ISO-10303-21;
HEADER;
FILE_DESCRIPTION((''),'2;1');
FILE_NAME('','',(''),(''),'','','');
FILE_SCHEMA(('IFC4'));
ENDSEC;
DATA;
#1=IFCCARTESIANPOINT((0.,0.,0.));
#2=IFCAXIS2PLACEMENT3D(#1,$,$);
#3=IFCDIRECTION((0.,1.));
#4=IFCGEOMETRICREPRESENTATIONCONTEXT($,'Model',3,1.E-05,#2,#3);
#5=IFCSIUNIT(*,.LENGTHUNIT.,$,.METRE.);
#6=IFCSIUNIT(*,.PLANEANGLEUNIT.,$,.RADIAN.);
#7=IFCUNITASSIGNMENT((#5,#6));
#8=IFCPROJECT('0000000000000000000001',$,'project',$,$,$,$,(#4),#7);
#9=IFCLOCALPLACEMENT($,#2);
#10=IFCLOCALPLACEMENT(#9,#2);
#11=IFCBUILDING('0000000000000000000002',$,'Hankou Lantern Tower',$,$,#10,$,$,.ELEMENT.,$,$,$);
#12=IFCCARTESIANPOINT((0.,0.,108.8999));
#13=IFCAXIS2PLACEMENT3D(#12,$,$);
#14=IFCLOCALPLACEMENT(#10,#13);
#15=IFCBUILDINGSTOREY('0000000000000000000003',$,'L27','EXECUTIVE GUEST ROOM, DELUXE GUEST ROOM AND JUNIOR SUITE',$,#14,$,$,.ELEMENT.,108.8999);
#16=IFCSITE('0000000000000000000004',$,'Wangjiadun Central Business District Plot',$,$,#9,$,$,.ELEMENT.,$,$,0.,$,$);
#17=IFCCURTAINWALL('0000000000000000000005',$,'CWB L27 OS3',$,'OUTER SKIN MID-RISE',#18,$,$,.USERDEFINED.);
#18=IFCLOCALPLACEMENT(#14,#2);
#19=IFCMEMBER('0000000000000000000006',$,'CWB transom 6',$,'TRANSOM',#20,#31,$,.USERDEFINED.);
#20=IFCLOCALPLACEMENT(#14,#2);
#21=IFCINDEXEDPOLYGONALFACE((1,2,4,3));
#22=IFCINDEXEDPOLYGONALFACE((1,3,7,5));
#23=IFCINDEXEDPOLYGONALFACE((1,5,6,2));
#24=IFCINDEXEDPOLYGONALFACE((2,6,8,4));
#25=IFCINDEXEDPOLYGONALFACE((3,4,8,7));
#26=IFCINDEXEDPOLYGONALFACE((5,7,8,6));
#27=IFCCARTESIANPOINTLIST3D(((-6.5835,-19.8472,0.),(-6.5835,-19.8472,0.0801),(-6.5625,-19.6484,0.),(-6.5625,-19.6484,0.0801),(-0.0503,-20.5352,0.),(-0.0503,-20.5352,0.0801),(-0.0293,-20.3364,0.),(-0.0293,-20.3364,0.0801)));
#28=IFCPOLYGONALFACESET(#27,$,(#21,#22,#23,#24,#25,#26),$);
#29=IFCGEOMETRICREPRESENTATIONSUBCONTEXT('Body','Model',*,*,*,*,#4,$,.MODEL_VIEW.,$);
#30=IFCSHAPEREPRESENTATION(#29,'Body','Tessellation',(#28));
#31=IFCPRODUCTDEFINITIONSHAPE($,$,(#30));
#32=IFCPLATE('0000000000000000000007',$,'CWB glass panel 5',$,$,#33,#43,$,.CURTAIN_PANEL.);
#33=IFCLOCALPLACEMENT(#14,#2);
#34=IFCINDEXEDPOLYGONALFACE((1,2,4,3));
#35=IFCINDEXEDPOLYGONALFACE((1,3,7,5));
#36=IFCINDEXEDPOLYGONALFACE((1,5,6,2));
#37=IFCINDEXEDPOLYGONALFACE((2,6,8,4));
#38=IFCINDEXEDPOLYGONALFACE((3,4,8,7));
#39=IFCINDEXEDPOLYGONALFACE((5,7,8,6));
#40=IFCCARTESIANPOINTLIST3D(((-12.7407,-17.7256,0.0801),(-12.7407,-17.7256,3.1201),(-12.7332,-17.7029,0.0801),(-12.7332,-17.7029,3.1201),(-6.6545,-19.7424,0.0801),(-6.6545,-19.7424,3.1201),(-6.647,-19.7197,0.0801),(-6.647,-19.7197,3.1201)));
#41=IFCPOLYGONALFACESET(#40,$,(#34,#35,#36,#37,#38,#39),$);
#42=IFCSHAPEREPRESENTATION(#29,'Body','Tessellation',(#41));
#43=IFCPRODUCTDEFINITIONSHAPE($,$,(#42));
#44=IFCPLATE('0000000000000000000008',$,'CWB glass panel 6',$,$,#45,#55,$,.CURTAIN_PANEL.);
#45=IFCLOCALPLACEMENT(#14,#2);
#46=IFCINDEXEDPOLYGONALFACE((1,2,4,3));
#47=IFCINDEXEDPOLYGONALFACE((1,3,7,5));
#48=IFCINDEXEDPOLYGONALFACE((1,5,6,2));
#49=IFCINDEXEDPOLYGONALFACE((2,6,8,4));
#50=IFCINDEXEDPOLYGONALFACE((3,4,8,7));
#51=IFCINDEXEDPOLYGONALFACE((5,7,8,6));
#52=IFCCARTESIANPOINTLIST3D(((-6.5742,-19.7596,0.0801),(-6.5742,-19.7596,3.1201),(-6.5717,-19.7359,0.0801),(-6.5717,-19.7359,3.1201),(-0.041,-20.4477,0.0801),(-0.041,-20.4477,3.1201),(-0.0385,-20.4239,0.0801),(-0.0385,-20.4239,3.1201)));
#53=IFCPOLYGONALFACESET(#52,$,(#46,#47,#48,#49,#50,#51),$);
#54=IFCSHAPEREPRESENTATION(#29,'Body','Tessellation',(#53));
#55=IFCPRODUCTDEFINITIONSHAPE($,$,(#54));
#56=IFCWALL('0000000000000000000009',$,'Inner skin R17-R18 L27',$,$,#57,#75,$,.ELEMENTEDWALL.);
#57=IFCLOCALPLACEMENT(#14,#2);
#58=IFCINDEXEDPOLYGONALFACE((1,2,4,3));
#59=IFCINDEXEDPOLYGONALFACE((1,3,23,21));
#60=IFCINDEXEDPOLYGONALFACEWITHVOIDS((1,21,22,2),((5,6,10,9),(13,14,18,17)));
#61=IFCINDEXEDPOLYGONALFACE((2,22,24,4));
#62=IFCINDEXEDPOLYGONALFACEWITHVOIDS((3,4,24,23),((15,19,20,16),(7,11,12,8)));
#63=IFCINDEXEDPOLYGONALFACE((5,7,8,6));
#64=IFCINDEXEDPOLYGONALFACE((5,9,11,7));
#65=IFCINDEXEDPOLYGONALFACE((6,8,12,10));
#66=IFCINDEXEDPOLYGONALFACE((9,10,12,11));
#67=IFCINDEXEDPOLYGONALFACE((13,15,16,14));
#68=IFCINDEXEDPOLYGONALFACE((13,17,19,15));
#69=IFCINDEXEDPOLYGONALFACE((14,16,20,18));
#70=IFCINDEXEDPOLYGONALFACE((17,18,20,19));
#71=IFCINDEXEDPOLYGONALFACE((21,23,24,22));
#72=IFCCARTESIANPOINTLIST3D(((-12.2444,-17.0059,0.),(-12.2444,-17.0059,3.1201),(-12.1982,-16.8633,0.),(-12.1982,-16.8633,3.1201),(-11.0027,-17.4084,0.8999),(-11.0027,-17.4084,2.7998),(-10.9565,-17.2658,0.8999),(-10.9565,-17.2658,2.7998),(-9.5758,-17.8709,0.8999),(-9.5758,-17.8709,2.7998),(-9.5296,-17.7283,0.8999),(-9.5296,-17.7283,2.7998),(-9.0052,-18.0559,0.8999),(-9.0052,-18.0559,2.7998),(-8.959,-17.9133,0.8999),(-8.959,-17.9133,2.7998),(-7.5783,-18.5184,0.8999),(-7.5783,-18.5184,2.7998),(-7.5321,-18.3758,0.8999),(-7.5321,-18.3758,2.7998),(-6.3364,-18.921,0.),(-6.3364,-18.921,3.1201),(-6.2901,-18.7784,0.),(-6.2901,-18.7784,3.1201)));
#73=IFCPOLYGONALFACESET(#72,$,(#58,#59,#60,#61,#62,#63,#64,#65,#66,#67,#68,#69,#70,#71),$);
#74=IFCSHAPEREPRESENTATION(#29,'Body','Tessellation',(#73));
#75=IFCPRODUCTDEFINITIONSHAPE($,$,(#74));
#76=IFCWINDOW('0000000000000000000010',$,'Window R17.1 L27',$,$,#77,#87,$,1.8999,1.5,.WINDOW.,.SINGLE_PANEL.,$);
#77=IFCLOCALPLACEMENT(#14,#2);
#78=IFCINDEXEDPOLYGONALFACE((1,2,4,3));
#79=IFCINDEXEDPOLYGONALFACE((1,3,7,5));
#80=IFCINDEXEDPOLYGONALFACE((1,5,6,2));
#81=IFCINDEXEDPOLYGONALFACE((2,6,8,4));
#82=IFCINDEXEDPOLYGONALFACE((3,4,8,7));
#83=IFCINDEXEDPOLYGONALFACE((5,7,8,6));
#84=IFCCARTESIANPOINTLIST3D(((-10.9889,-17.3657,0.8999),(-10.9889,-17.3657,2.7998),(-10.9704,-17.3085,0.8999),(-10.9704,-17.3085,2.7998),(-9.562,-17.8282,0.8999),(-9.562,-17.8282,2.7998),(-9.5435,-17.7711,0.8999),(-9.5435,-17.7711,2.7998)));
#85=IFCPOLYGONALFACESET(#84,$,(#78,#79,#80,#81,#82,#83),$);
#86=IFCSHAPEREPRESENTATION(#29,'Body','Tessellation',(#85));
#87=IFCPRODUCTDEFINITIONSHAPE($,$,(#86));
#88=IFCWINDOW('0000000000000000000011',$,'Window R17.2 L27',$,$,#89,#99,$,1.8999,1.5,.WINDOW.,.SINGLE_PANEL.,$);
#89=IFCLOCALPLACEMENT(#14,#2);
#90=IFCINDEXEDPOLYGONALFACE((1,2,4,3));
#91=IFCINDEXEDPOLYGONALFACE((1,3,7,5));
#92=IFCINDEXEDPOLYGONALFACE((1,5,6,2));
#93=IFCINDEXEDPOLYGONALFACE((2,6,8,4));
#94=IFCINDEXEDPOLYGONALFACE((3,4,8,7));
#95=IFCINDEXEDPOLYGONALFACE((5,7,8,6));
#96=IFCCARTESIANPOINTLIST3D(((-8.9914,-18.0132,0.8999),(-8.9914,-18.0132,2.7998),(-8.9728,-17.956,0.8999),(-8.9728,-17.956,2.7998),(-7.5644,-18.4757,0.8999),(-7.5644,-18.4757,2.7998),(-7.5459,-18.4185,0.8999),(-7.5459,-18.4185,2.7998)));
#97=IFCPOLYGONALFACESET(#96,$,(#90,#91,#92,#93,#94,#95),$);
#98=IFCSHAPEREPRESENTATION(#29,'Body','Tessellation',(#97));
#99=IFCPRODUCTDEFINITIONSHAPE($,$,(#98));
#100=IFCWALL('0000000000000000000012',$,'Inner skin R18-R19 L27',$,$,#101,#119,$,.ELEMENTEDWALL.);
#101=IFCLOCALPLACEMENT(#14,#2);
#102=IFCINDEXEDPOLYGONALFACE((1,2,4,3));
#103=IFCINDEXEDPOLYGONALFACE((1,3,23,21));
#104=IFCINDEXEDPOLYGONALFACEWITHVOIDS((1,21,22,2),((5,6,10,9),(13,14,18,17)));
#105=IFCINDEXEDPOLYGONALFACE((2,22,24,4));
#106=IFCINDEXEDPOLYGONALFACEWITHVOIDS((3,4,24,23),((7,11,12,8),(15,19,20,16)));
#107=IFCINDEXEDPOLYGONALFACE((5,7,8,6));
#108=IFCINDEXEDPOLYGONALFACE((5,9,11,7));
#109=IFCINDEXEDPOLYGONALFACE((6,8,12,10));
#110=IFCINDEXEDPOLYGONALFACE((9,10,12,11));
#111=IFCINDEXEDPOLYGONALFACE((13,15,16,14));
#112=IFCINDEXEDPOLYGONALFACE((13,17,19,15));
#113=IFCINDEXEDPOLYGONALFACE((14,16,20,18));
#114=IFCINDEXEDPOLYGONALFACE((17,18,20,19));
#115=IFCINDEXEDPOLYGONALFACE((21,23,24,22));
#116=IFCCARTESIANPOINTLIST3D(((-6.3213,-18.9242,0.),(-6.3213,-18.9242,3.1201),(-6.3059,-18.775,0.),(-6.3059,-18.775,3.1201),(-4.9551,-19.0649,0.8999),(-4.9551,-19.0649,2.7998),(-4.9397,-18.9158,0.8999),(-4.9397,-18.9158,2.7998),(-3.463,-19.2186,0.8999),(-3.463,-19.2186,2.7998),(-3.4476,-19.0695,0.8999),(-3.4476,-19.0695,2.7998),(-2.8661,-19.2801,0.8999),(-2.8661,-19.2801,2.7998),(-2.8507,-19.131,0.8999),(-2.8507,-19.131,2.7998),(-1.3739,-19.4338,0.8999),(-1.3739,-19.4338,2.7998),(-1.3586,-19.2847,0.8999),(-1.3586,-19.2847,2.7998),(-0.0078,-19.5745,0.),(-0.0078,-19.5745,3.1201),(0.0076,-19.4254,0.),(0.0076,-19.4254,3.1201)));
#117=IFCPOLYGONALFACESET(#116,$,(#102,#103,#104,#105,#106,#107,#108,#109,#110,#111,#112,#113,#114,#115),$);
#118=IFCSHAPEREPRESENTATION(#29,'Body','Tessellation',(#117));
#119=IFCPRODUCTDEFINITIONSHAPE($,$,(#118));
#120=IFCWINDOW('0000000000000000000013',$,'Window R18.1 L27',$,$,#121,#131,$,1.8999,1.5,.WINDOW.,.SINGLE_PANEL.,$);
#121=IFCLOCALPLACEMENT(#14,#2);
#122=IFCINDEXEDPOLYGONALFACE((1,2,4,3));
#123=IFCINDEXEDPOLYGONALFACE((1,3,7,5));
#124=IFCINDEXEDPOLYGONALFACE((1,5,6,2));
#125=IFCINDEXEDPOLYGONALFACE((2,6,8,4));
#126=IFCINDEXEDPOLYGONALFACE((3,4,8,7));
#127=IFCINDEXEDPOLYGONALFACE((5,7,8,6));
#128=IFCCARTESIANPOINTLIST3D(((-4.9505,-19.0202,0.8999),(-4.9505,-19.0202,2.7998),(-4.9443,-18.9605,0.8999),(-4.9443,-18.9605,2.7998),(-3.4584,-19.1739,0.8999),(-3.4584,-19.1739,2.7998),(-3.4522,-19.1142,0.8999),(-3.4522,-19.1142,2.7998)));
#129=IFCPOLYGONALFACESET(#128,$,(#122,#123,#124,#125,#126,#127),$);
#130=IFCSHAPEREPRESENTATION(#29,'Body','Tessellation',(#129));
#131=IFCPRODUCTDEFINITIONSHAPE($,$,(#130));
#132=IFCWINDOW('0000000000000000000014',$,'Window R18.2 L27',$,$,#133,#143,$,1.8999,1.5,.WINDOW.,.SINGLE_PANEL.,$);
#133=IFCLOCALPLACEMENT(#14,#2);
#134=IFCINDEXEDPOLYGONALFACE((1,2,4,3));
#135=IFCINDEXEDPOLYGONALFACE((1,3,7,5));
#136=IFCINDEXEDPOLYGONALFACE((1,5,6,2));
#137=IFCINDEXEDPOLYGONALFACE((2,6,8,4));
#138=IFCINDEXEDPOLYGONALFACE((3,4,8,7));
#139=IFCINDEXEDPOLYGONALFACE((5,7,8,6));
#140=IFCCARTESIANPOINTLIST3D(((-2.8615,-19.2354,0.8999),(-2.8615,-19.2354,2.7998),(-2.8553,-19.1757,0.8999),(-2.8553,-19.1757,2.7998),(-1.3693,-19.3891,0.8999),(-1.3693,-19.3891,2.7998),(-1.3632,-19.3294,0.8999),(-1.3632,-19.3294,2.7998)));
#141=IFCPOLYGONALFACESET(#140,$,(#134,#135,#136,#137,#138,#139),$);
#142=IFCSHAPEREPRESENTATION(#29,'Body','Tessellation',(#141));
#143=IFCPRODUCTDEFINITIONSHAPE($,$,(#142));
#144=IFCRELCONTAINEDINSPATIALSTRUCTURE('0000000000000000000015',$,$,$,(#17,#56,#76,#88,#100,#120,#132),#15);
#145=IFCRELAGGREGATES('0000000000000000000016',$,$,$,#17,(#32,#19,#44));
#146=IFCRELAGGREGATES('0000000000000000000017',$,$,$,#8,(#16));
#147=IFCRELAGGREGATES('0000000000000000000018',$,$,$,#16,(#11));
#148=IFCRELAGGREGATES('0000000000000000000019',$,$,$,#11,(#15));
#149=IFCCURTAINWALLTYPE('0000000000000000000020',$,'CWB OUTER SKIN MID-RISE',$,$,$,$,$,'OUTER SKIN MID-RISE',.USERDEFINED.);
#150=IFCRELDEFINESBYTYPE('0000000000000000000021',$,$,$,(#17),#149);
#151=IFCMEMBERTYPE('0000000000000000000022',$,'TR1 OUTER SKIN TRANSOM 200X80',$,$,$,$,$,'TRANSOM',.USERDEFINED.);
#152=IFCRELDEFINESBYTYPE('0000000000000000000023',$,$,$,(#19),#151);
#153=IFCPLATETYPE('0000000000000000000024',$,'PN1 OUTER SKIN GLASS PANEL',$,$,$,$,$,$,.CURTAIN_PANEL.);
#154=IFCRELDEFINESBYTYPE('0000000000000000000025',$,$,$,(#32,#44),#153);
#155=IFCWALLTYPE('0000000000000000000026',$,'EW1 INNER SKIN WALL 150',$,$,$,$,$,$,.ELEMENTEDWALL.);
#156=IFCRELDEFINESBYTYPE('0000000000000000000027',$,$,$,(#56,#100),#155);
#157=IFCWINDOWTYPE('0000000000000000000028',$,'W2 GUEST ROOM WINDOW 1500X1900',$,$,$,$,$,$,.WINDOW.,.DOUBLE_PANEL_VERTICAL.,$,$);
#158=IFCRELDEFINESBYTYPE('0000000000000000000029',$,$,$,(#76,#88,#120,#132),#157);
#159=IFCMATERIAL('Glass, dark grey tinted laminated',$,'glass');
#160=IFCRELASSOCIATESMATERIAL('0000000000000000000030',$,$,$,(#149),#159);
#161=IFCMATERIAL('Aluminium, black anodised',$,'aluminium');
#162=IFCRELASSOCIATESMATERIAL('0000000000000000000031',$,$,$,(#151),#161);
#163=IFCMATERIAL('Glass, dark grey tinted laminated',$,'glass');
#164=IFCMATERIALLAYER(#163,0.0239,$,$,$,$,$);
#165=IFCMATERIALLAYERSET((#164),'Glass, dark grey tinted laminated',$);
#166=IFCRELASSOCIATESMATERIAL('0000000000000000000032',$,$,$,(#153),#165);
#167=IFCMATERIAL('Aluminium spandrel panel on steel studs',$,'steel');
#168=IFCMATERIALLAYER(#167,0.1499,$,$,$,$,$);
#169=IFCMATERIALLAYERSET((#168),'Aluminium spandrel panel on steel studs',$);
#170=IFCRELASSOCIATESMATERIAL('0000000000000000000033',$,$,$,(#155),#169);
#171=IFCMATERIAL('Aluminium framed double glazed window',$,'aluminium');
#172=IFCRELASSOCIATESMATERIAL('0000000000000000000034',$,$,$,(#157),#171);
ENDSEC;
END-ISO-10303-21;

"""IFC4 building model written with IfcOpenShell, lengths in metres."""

from ifc_helpers import new_model, si_unit, direction, frame, frame_2d, origin, origin_2d, place, context, subcontext, project, spatial, rectangle, extrude, material, layer, layer_set, material_profile, profile_set, type_object, element, fill, aggregate, save


model = new_model("IFC4")

# Units and contexts
model_context = context("Model", 3, precision=1e-05, world=origin(), true_north=direction((0.0, 1.0)))
body_context = subcontext(model_context, "Body", "Model", "MODEL_VIEW")
ifc_project = project(units=[si_unit("LENGTHUNIT", "METRE"), si_unit("PLANEANGLEUNIT", "RADIAN")], contexts=[model_context])

# Site, building, storey
site_placement = place(None, origin())
site = spatial("IfcSite", under=ifc_project, at=site_placement, Name="Wangjiadun Central Business District Plot", CompositionType="ELEMENT", RefElevation=0.0)
building_placement = place(site_placement, origin())
building = spatial("IfcBuilding", under=site, at=building_placement, Name="Hankou Lantern Tower", CompositionType="ELEMENT")
storey_placement = place(building_placement, frame((0.0, 0.0, 108.8999)))
storey = spatial("IfcBuildingStorey", under=building, at=storey_placement, Name="L27", Description="EXECUTIVE GUEST ROOM, DELUXE GUEST ROOM AND JUNIOR SUITE", CompositionType="ELEMENT", Elevation=108.8999)

# Curtain wall
ifc_material_1 = material(Name="Glass, dark grey tinted laminated", Category="glass")
curtain_wall_type = type_object("IfcCurtainWallType", Name="CWB OUTER SKIN MID-RISE", ElementType="OUTER SKIN MID-RISE", PredefinedType="USERDEFINED", material=ifc_material_1)
curtain_wall_placement = place(storey_placement, origin())
curtain_wall = element("IfcCurtainWall", 1, at=curtain_wall_placement, inside=storey, type_object=curtain_wall_type, Name="CWB L27 OS3", ObjectType="OUTER SKIN MID-RISE", PredefinedType="USERDEFINED")

# Member
ifc_material_2 = material(Name="Aluminium, black anodised", Category="aluminium")
ifc_material_profile_1 = material_profile(ifc_material_2, rectangle(XDim=0.2, YDim=0.0801, at=origin_2d()), Name="TR1 200X80")
ifc_profile_set_1 = profile_set([ifc_material_profile_1], Name="Aluminium, black anodised")
member_type_1 = type_object("IfcMemberType", Name="TR1 OUTER SKIN TRANSOM 200X80", ElementType="TRANSOM", PredefinedType="USERDEFINED", material=ifc_profile_set_1)
member_1_placement = place(storey_placement, frame((-6.573, -19.7478, 0.04), z_axis=(0.994501, -0.104727, 0.0), x_axis=(0.104727, 0.994501, 0.0)))
member_1 = element("IfcMember", 2, at=member_1_placement, type_object=member_type_1, Name="CWB transom 6", ObjectType="TRANSOM", PredefinedType="USERDEFINED", context=body_context, shape_type="SweptSolid", body=[
    extrude(rectangle(XDim=0.2, YDim=0.0801, at=origin_2d()), origin(), (0.0, 0.0, 1.0), 6.5693),
])

# Plates
ifc_material_3 = material(Name="Glass, dark grey tinted laminated", Category="glass")
ifc_layer_1 = layer(ifc_material_3, 0.0239)
ifc_layer_set_1 = layer_set([ifc_layer_1], Name="Glass, dark grey tinted laminated")
plate_type = type_object("IfcPlateType", Name="PN1 OUTER SKIN GLASS PANEL", PredefinedType="CURTAIN_PANEL", material=ifc_layer_set_1)
plate_1_placement = place(storey_placement, frame((-9.6938, -18.7227, 0.0801), z_axis=(0.0, 0.0, 1.0), x_axis=(0.949241, -0.314551, 0.0)))
plate_1 = element("IfcPlate", 3, at=plate_1_placement, type_object=plate_type, Name="CWB glass panel 5", PredefinedType="CURTAIN_PANEL", context=body_context, shape_type="SweptSolid", body=[
    extrude(rectangle(XDim=6.4116, YDim=0.0239, at=origin_2d()), origin(), (0.0, 0.0, 1.0), 3.04),
])
plate_2_placement = place(storey_placement, frame((-3.3064, -20.0918, 0.0801), z_axis=(0.0, 0.0, 1.0), x_axis=(0.994499, -0.104743, 0.0)))
plate_2 = element("IfcPlate", 4, at=plate_2_placement, type_object=plate_type, Name="CWB glass panel 6", PredefinedType="CURTAIN_PANEL", context=body_context, shape_type="SweptSolid", body=[
    extrude(rectangle(XDim=6.5693, YDim=0.0239, at=origin_2d()), origin(), (0.0, 0.0, 1.0), 3.04),
])
aggregate(curtain_wall, [plate_1, member_1, plate_2])

# Walls, openings, windows
ifc_material_4 = material(Name="Aluminium spandrel panel on steel studs", Category="steel")
ifc_layer_2 = layer(ifc_material_4, 0.1499)
ifc_layer_set_2 = layer_set([ifc_layer_2], Name="Aluminium spandrel panel on steel studs")
wall_type_1 = type_object("IfcWallType", Name="EW1 INNER SKIN WALL 150", PredefinedType="ELEMENTEDWALL", material=ifc_layer_set_2)
wall_1_placement = place(storey_placement, frame((-12.2214, -16.9346, 0.0), z_axis=(0.0, 0.0, 1.0), x_axis=(0.951273, -0.308351, 0.0)))
wall_1 = element("IfcWall", 5, at=wall_1_placement, inside=storey, type_object=wall_type_1, Name="Inner skin R17-R18 L27", PredefinedType="ELEMENTEDWALL", context=body_context, shape_type="SweptSolid", body=[
    extrude(rectangle(XDim=6.2107, YDim=0.1499, at=frame_2d((3.1055, 0.0))), origin(), (0.0, 0.0, 1.0), 3.1201),
])
opening_1_placement = place(wall_1_placement, frame((1.3054, 0.0, 0.8999)))
opening_1 = element("IfcOpeningElement", 6, at=opening_1_placement, cuts=wall_1, PredefinedType="OPENING", context=body_context, shape_type="SweptSolid", body=[
    extrude(rectangle(XDim=1.5, YDim=1.8999, at=frame_2d((0.75, 0.95))), frame((0.0, 0.085, 0.0), z_axis=(0.0, -1.0, 0.0), x_axis=(1.0, 0.0, 0.0)), (0.0, 0.0, 1.0), 0.1699),
])
opening_2_placement = place(wall_1_placement, frame((3.4053, 0.0, 0.8999)))
opening_2 = element("IfcOpeningElement", 7, at=opening_2_placement, cuts=wall_1, PredefinedType="OPENING", context=body_context, shape_type="SweptSolid", body=[
    extrude(rectangle(XDim=1.5, YDim=1.8999, at=frame_2d((0.75, 0.95))), frame((0.0, 0.085, 0.0), z_axis=(0.0, -1.0, 0.0), x_axis=(1.0, 0.0, 0.0)), (0.0, 0.0, 1.0), 0.1699),
])
ifc_material_5 = material(Name="Aluminium framed double glazed window", Category="aluminium")
window_type = type_object("IfcWindowType", Name="W2 GUEST ROOM WINDOW 1500X1900", PartitioningType="DOUBLE_PANEL_VERTICAL", PredefinedType="WINDOW", material=ifc_material_5)
window_1_placement = place(opening_1_placement, origin())
window_1 = element("IfcWindow", 8, at=window_1_placement, inside=storey, type_object=window_type, Name="Window R17.1 L27", OverallHeight=1.8999, OverallWidth=1.5, PartitioningType="SINGLE_PANEL", PredefinedType="WINDOW", context=body_context, shape_type="SweptSolid", body=[
    extrude(rectangle(XDim=1.5, YDim=1.8999, at=frame_2d((0.75, 0.95))), frame((0.0, 0.03, 0.0), z_axis=(0.0, -1.0, 0.0), x_axis=(1.0, 0.0, 0.0)), (0.0, 0.0, 1.0), 0.0601),
])
fill(opening_1, window_1)
window_2_placement = place(opening_2_placement, origin())
window_2 = element("IfcWindow", 9, at=window_2_placement, inside=storey, type_object=window_type, Name="Window R17.2 L27", OverallHeight=1.8999, OverallWidth=1.5, PartitioningType="SINGLE_PANEL", PredefinedType="WINDOW", context=body_context, shape_type="SweptSolid", body=[
    extrude(rectangle(XDim=1.5, YDim=1.8999, at=frame_2d((0.75, 0.95))), frame((0.0, 0.03, 0.0), z_axis=(0.0, -1.0, 0.0), x_axis=(1.0, 0.0, 0.0)), (0.0, 0.0, 1.0), 0.0601),
])
fill(opening_2, window_2)
wall_2_placement = place(storey_placement, frame((-6.3135, -18.8496, 0.0), z_axis=(0.0, 0.0, 1.0), x_axis=(0.994736, -0.102474, 0.0)))
wall_2 = element("IfcWall", 10, at=wall_2_placement, inside=storey, type_object=wall_type_1, Name="Inner skin R18-R19 L27", PredefinedType="ELEMENTEDWALL", context=body_context, shape_type="SweptSolid", body=[
    extrude(rectangle(XDim=6.3469, YDim=0.1499, at=frame_2d((3.1733, 0.0))), origin(), (0.0, 0.0, 1.0), 3.1201),
])
opening_3_placement = place(wall_2_placement, frame((1.3733, 0.0, 0.8999)))
opening_3 = element("IfcOpeningElement", 11, at=opening_3_placement, cuts=wall_2, PredefinedType="OPENING", context=body_context, shape_type="SweptSolid", body=[
    extrude(rectangle(XDim=1.5, YDim=1.8999, at=frame_2d((0.75, 0.95))), frame((0.0, 0.085, 0.0), z_axis=(0.0, -1.0, 0.0), x_axis=(1.0, 0.0, 0.0)), (0.0, 0.0, 1.0), 0.1699),
])
opening_4_placement = place(wall_2_placement, frame((3.4734, 0.0, 0.8999)))
opening_4 = element("IfcOpeningElement", 12, at=opening_4_placement, cuts=wall_2, PredefinedType="OPENING", context=body_context, shape_type="SweptSolid", body=[
    extrude(rectangle(XDim=1.5, YDim=1.8999, at=frame_2d((0.75, 0.95))), frame((0.0, 0.085, 0.0), z_axis=(0.0, -1.0, 0.0), x_axis=(1.0, 0.0, 0.0)), (0.0, 0.0, 1.0), 0.1699),
])
window_3_placement = place(opening_3_placement, origin())
window_3 = element("IfcWindow", 13, at=window_3_placement, inside=storey, type_object=window_type, Name="Window R18.1 L27", OverallHeight=1.8999, OverallWidth=1.5, PartitioningType="SINGLE_PANEL", PredefinedType="WINDOW", context=body_context, shape_type="SweptSolid", body=[
    extrude(rectangle(XDim=1.5, YDim=1.8999, at=frame_2d((0.75, 0.95))), frame((0.0, 0.03, 0.0), z_axis=(0.0, -1.0, 0.0), x_axis=(1.0, 0.0, 0.0)), (0.0, 0.0, 1.0), 0.0601),
])
fill(opening_3, window_3)
window_4_placement = place(opening_4_placement, origin())
window_4 = element("IfcWindow", 14, at=window_4_placement, inside=storey, type_object=window_type, Name="Window R18.2 L27", OverallHeight=1.8999, OverallWidth=1.5, PartitioningType="SINGLE_PANEL", PredefinedType="WINDOW", context=body_context, shape_type="SweptSolid", body=[
    extrude(rectangle(XDim=1.5, YDim=1.8999, at=frame_2d((0.75, 0.95))), frame((0.0, 0.03, 0.0), z_axis=(0.0, -1.0, 0.0), x_axis=(1.0, 0.0, 0.0)), (0.0, 0.0, 1.0), 0.0601),
])
fill(opening_4, window_4)

save(model, "model.ifc")
